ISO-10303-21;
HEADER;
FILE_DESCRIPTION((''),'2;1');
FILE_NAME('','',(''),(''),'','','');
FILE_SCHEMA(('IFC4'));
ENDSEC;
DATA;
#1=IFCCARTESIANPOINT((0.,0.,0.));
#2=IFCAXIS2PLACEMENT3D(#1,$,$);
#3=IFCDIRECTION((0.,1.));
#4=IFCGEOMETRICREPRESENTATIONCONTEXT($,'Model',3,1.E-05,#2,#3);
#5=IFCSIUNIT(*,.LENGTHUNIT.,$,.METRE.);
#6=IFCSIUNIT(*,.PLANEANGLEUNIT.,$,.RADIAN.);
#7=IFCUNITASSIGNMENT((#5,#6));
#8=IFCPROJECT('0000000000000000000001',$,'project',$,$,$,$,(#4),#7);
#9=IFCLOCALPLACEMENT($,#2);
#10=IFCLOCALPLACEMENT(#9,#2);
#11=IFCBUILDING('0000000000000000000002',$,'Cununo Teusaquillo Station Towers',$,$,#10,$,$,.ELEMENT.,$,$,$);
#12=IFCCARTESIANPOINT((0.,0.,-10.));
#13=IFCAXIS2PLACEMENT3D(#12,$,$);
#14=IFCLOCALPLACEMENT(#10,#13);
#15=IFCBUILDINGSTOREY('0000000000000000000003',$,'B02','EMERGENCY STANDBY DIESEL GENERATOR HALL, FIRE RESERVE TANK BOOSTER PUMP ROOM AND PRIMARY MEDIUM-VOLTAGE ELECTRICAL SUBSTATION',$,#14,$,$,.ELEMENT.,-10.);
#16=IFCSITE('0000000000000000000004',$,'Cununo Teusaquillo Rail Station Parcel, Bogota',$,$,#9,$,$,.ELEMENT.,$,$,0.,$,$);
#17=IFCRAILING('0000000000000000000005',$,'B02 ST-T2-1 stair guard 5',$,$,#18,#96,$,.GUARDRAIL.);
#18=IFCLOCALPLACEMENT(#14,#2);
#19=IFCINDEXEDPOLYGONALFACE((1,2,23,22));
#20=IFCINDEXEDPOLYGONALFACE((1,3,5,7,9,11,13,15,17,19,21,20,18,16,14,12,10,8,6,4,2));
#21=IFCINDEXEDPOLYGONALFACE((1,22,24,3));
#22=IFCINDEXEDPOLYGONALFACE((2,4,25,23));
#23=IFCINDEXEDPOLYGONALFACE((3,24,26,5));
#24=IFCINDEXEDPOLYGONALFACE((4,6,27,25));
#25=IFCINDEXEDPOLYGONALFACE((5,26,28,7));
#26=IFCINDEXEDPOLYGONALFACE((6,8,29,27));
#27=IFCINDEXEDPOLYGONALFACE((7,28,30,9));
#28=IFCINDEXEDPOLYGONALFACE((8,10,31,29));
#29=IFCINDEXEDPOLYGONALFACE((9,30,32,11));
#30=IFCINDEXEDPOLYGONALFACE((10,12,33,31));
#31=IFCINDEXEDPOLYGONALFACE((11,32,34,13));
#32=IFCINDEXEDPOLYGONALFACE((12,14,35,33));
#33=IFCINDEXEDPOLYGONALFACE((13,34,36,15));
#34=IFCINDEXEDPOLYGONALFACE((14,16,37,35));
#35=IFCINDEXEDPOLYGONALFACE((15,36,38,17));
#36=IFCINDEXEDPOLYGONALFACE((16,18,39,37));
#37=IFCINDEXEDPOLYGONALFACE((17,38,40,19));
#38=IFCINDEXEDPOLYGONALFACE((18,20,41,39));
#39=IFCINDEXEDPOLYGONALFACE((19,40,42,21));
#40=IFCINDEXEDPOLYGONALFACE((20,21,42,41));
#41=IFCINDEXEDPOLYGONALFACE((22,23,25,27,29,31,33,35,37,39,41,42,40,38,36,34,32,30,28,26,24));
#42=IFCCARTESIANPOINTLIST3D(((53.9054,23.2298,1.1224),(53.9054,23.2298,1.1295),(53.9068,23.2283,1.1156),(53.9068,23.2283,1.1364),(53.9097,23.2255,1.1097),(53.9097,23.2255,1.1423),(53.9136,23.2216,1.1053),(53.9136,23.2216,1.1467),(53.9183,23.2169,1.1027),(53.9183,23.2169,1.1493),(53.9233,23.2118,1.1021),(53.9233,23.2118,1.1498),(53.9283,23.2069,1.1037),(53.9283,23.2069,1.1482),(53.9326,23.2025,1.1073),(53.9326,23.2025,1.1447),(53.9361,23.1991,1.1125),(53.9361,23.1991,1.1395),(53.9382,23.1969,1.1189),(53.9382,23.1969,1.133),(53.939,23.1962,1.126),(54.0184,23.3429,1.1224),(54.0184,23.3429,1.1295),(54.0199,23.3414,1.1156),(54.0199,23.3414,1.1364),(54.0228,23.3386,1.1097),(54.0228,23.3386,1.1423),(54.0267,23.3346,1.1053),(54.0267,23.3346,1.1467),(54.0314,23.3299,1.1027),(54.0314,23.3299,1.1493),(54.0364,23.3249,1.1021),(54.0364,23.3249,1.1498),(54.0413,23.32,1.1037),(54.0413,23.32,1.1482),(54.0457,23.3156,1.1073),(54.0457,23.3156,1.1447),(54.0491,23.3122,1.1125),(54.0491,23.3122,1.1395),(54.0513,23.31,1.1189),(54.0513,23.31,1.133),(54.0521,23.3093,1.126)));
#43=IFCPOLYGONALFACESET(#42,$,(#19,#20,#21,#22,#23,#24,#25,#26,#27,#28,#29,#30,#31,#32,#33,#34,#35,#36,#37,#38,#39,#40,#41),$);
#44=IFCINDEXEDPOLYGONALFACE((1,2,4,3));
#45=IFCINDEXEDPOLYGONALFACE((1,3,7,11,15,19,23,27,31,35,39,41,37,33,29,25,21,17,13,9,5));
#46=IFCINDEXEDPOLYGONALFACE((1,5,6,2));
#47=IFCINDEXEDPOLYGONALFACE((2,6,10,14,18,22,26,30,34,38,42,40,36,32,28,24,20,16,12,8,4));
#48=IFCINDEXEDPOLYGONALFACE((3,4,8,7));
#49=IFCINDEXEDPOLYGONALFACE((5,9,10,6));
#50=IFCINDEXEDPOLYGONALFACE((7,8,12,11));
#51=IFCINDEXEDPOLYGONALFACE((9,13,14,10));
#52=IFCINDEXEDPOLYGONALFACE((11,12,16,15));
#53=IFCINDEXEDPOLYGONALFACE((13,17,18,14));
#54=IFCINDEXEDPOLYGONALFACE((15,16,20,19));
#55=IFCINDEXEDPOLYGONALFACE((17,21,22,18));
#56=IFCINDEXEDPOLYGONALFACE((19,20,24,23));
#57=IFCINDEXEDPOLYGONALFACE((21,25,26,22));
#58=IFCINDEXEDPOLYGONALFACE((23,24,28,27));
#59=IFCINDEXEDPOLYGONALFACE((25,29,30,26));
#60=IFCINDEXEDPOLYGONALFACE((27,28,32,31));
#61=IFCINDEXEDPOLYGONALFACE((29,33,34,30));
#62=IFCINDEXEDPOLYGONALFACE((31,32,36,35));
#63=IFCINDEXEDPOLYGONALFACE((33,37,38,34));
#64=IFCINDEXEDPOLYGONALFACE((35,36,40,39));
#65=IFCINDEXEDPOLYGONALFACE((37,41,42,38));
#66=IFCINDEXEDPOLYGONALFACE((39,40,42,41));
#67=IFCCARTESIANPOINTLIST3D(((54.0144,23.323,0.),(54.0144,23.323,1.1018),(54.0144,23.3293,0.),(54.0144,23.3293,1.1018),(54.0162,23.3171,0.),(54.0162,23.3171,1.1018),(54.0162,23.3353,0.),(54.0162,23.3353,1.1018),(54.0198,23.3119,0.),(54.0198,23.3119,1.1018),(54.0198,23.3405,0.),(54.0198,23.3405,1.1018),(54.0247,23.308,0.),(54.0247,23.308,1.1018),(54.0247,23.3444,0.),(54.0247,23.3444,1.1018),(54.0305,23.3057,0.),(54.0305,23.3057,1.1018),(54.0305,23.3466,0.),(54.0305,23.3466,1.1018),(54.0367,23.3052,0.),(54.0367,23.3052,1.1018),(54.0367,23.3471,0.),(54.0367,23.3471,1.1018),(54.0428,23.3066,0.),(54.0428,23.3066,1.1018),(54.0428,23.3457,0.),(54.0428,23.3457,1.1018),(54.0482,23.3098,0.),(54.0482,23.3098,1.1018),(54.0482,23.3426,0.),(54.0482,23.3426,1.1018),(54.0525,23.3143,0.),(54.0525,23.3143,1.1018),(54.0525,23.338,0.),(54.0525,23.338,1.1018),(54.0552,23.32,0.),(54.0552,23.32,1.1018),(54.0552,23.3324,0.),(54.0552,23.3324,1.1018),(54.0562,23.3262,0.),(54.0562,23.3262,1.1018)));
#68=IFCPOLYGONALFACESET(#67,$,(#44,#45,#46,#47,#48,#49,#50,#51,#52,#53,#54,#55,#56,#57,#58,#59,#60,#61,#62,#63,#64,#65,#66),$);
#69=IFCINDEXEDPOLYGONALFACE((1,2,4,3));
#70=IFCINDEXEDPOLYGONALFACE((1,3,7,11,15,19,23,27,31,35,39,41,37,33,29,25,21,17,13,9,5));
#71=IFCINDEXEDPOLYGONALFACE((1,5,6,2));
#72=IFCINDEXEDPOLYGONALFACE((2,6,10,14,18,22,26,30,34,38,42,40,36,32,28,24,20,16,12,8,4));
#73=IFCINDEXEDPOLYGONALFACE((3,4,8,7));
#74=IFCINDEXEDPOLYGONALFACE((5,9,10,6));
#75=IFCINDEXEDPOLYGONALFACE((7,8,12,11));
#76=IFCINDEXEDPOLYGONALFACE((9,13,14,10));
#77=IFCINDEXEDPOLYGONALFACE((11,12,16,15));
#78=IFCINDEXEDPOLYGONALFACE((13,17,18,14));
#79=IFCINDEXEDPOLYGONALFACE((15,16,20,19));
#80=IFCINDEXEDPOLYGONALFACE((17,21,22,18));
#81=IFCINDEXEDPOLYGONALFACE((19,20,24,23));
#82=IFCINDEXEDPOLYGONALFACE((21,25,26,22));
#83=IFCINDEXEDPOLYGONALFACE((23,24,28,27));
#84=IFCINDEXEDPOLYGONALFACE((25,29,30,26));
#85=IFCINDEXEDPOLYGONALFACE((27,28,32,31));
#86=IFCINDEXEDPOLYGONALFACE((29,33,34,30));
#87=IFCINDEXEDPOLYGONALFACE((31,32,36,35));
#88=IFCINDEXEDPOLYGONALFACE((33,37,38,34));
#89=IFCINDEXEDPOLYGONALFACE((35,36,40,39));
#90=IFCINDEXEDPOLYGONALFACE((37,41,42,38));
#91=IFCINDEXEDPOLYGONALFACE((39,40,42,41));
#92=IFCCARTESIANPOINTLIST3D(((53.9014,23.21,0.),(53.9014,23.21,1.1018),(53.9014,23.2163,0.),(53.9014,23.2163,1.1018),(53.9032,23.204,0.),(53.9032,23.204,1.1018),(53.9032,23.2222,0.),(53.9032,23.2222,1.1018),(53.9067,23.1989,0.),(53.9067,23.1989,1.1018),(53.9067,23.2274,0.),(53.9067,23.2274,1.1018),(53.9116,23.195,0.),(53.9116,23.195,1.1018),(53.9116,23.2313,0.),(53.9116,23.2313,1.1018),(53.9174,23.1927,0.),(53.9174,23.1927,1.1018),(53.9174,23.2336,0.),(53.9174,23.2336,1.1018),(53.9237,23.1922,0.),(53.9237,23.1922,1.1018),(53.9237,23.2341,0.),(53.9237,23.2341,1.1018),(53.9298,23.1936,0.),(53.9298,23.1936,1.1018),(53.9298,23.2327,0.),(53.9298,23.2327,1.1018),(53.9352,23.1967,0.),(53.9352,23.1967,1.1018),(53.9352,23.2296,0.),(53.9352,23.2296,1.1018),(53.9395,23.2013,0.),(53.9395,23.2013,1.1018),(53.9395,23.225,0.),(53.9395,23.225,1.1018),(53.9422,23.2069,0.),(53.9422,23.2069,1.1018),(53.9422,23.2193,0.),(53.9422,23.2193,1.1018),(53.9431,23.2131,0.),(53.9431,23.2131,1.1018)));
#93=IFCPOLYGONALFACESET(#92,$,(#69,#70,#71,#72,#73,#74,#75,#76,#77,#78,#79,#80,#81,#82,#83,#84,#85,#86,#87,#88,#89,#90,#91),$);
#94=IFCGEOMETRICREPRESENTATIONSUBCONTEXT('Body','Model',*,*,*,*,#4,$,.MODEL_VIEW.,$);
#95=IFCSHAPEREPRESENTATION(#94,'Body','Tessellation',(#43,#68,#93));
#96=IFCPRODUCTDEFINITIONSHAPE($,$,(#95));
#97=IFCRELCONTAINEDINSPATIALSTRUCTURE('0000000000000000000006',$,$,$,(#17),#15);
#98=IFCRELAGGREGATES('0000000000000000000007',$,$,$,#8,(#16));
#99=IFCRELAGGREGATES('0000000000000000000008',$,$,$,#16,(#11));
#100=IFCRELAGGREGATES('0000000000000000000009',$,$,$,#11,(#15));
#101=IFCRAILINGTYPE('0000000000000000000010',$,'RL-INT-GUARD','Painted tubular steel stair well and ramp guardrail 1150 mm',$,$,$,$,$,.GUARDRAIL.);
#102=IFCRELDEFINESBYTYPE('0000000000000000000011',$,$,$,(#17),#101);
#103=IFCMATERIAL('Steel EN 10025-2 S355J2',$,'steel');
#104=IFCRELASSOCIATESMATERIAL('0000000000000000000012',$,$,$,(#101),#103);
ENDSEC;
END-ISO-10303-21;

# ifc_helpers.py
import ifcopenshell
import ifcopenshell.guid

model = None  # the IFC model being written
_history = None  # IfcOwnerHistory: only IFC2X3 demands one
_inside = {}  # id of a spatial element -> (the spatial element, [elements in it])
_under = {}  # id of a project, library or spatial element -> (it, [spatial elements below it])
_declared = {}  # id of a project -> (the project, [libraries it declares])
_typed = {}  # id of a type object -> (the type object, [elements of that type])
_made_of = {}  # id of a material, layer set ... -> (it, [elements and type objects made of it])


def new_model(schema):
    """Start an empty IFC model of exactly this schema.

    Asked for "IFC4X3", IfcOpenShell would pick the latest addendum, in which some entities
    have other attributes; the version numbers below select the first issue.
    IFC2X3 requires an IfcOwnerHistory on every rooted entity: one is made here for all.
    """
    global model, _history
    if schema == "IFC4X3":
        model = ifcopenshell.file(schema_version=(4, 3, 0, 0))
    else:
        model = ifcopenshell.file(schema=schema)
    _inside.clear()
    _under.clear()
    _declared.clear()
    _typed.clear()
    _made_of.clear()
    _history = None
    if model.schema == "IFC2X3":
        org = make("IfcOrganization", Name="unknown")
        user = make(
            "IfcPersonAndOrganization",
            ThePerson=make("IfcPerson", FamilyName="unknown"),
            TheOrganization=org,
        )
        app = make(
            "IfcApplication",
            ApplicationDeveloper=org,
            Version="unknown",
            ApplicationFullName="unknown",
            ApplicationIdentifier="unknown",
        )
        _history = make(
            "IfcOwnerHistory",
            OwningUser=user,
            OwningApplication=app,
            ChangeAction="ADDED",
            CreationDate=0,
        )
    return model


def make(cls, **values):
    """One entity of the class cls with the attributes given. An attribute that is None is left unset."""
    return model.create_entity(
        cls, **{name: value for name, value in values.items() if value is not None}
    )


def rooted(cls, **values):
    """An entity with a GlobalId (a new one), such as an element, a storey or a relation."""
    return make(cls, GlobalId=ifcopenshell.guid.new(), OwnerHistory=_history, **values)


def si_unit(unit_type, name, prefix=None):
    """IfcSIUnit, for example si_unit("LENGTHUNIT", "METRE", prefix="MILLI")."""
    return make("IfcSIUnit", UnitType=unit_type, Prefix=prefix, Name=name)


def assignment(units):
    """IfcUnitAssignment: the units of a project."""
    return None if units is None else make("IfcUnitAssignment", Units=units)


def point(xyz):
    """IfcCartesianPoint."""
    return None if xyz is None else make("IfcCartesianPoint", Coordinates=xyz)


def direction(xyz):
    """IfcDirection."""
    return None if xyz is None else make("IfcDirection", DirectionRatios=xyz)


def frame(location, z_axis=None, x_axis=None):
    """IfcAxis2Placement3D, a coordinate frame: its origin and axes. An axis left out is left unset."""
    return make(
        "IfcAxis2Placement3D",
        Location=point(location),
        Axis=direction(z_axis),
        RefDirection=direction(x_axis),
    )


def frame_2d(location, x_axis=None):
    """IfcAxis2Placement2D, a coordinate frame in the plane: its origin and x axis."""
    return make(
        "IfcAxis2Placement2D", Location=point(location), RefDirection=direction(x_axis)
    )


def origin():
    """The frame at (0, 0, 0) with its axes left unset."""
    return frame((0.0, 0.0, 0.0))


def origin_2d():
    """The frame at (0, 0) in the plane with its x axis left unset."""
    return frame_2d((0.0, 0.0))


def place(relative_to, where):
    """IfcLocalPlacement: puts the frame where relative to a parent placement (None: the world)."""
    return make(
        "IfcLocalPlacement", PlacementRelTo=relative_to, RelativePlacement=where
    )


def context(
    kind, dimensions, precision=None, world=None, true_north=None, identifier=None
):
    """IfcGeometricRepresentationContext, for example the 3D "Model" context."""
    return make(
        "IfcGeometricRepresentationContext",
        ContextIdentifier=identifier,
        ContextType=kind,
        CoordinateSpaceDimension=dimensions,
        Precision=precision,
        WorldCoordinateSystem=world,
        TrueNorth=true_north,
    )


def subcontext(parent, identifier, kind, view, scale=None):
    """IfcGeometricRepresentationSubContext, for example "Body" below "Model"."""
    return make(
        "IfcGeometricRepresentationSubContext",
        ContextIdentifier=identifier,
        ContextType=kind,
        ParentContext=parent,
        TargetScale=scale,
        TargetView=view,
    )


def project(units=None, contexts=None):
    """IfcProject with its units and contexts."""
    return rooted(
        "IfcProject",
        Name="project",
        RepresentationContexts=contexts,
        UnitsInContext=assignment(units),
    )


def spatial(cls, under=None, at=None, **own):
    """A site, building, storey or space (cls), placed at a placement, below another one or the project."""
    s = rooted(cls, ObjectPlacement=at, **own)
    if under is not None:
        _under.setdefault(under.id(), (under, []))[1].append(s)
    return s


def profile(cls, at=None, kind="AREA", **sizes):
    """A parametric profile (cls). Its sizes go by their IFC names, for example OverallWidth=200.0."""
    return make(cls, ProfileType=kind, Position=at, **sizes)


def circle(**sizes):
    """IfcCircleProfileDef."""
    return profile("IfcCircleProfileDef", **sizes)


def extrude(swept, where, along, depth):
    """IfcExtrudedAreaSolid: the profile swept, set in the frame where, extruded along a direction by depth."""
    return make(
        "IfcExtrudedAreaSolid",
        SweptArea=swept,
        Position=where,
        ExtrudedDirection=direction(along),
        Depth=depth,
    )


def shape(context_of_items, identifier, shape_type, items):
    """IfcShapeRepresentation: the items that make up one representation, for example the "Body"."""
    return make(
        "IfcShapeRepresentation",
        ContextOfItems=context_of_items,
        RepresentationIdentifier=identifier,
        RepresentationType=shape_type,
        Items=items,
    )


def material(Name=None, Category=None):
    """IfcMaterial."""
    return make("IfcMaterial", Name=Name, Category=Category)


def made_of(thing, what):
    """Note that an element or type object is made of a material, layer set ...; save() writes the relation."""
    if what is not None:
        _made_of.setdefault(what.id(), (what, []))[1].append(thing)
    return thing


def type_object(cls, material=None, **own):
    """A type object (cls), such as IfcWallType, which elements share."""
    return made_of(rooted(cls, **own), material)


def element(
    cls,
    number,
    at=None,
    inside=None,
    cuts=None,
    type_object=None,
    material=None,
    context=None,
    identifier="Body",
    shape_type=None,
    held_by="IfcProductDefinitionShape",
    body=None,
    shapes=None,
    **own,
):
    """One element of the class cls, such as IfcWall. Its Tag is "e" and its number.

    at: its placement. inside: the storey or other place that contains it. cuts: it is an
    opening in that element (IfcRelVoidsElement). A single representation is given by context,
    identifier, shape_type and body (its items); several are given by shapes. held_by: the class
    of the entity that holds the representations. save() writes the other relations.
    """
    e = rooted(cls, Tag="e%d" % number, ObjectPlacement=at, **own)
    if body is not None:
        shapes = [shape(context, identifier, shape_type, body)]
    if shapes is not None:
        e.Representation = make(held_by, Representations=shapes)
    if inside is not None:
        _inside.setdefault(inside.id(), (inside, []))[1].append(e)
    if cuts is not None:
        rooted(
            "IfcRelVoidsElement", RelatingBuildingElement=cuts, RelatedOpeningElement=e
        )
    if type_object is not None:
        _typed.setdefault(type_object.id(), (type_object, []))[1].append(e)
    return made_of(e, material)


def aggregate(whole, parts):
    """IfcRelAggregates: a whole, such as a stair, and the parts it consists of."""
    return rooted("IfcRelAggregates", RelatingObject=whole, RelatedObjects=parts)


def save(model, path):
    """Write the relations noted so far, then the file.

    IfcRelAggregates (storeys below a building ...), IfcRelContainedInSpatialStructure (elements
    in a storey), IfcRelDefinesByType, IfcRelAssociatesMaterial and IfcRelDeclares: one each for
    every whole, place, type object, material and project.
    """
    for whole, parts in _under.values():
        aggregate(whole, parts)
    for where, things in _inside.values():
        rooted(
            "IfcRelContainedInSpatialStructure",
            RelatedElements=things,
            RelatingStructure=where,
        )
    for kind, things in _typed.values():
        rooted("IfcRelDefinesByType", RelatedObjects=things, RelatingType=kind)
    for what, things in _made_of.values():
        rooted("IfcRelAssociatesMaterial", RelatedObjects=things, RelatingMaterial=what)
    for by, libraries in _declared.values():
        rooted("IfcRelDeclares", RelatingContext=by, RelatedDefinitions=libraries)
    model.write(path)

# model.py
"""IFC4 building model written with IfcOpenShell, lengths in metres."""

from ifc_helpers import new_model, si_unit, direction, frame, origin, origin_2d, place, context, subcontext, project, spatial, circle, extrude, material, type_object, element, save


model = new_model("IFC4")

# Units and contexts
model_context = context("Model", 3, precision=1e-05, world=origin(), true_north=direction((0.0, 1.0)))
body_context = subcontext(model_context, "Body", "Model", "MODEL_VIEW")
ifc_project = project(units=[si_unit("LENGTHUNIT", "METRE"), si_unit("PLANEANGLEUNIT", "RADIAN")], contexts=[model_context])

# Site, building, storey
site_placement = place(None, origin())
site = spatial("IfcSite", under=ifc_project, at=site_placement, Name="Cununo Teusaquillo Rail Station Parcel, Bogota", CompositionType="ELEMENT", RefElevation=0.0)
building_placement = place(site_placement, origin())
building = spatial("IfcBuilding", under=site, at=building_placement, Name="Cununo Teusaquillo Station Towers", CompositionType="ELEMENT")
storey_placement = place(building_placement, frame((0.0, 0.0, -10.0)))
storey = spatial("IfcBuildingStorey", under=building, at=storey_placement, Name="B02", Description="EMERGENCY STANDBY DIESEL GENERATOR HALL, FIRE RESERVE TANK BOOSTER PUMP ROOM AND PRIMARY MEDIUM-VOLTAGE ELECTRICAL SUBSTATION", CompositionType="ELEMENT", Elevation=-10.0)

# Railing
ifc_material_1 = material(Name="Steel EN 10025-2 S355J2", Category="steel")
railing_type_1 = type_object("IfcRailingType", Name="RL-INT-GUARD", Description="Painted tubular steel stair well and ramp guardrail 1150 mm", PredefinedType="GUARDRAIL", material=ifc_material_1)
railing_1_placement = place(storey_placement, frame((54.0352, 23.3262, 0.0)))
element("IfcRailing", 1, at=railing_1_placement, inside=storey, type_object=railing_type_1, Name="B02 ST-T2-1 stair guard 5", PredefinedType="GUARDRAIL", context=body_context, shape_type="SweptSolid", body=[
    extrude(circle(Radius=0.0239, at=origin_2d()), frame((0.0, 0.0, 1.126), z_axis=(-0.707107, -0.707107, 0.0), x_axis=(0.707107, -0.707107, 0.0)), (0.0, 0.0, 1.0), 0.1599),
    extrude(circle(Radius=0.021, at=origin_2d()), origin(), (0.0, 0.0, 1.0), 1.1018),
    extrude(circle(Radius=0.021, at=origin_2d()), frame((-0.113, -0.113, 0.0)), (0.0, 0.0, 1.0), 1.1018),
])

save(model, "model.ifc")
